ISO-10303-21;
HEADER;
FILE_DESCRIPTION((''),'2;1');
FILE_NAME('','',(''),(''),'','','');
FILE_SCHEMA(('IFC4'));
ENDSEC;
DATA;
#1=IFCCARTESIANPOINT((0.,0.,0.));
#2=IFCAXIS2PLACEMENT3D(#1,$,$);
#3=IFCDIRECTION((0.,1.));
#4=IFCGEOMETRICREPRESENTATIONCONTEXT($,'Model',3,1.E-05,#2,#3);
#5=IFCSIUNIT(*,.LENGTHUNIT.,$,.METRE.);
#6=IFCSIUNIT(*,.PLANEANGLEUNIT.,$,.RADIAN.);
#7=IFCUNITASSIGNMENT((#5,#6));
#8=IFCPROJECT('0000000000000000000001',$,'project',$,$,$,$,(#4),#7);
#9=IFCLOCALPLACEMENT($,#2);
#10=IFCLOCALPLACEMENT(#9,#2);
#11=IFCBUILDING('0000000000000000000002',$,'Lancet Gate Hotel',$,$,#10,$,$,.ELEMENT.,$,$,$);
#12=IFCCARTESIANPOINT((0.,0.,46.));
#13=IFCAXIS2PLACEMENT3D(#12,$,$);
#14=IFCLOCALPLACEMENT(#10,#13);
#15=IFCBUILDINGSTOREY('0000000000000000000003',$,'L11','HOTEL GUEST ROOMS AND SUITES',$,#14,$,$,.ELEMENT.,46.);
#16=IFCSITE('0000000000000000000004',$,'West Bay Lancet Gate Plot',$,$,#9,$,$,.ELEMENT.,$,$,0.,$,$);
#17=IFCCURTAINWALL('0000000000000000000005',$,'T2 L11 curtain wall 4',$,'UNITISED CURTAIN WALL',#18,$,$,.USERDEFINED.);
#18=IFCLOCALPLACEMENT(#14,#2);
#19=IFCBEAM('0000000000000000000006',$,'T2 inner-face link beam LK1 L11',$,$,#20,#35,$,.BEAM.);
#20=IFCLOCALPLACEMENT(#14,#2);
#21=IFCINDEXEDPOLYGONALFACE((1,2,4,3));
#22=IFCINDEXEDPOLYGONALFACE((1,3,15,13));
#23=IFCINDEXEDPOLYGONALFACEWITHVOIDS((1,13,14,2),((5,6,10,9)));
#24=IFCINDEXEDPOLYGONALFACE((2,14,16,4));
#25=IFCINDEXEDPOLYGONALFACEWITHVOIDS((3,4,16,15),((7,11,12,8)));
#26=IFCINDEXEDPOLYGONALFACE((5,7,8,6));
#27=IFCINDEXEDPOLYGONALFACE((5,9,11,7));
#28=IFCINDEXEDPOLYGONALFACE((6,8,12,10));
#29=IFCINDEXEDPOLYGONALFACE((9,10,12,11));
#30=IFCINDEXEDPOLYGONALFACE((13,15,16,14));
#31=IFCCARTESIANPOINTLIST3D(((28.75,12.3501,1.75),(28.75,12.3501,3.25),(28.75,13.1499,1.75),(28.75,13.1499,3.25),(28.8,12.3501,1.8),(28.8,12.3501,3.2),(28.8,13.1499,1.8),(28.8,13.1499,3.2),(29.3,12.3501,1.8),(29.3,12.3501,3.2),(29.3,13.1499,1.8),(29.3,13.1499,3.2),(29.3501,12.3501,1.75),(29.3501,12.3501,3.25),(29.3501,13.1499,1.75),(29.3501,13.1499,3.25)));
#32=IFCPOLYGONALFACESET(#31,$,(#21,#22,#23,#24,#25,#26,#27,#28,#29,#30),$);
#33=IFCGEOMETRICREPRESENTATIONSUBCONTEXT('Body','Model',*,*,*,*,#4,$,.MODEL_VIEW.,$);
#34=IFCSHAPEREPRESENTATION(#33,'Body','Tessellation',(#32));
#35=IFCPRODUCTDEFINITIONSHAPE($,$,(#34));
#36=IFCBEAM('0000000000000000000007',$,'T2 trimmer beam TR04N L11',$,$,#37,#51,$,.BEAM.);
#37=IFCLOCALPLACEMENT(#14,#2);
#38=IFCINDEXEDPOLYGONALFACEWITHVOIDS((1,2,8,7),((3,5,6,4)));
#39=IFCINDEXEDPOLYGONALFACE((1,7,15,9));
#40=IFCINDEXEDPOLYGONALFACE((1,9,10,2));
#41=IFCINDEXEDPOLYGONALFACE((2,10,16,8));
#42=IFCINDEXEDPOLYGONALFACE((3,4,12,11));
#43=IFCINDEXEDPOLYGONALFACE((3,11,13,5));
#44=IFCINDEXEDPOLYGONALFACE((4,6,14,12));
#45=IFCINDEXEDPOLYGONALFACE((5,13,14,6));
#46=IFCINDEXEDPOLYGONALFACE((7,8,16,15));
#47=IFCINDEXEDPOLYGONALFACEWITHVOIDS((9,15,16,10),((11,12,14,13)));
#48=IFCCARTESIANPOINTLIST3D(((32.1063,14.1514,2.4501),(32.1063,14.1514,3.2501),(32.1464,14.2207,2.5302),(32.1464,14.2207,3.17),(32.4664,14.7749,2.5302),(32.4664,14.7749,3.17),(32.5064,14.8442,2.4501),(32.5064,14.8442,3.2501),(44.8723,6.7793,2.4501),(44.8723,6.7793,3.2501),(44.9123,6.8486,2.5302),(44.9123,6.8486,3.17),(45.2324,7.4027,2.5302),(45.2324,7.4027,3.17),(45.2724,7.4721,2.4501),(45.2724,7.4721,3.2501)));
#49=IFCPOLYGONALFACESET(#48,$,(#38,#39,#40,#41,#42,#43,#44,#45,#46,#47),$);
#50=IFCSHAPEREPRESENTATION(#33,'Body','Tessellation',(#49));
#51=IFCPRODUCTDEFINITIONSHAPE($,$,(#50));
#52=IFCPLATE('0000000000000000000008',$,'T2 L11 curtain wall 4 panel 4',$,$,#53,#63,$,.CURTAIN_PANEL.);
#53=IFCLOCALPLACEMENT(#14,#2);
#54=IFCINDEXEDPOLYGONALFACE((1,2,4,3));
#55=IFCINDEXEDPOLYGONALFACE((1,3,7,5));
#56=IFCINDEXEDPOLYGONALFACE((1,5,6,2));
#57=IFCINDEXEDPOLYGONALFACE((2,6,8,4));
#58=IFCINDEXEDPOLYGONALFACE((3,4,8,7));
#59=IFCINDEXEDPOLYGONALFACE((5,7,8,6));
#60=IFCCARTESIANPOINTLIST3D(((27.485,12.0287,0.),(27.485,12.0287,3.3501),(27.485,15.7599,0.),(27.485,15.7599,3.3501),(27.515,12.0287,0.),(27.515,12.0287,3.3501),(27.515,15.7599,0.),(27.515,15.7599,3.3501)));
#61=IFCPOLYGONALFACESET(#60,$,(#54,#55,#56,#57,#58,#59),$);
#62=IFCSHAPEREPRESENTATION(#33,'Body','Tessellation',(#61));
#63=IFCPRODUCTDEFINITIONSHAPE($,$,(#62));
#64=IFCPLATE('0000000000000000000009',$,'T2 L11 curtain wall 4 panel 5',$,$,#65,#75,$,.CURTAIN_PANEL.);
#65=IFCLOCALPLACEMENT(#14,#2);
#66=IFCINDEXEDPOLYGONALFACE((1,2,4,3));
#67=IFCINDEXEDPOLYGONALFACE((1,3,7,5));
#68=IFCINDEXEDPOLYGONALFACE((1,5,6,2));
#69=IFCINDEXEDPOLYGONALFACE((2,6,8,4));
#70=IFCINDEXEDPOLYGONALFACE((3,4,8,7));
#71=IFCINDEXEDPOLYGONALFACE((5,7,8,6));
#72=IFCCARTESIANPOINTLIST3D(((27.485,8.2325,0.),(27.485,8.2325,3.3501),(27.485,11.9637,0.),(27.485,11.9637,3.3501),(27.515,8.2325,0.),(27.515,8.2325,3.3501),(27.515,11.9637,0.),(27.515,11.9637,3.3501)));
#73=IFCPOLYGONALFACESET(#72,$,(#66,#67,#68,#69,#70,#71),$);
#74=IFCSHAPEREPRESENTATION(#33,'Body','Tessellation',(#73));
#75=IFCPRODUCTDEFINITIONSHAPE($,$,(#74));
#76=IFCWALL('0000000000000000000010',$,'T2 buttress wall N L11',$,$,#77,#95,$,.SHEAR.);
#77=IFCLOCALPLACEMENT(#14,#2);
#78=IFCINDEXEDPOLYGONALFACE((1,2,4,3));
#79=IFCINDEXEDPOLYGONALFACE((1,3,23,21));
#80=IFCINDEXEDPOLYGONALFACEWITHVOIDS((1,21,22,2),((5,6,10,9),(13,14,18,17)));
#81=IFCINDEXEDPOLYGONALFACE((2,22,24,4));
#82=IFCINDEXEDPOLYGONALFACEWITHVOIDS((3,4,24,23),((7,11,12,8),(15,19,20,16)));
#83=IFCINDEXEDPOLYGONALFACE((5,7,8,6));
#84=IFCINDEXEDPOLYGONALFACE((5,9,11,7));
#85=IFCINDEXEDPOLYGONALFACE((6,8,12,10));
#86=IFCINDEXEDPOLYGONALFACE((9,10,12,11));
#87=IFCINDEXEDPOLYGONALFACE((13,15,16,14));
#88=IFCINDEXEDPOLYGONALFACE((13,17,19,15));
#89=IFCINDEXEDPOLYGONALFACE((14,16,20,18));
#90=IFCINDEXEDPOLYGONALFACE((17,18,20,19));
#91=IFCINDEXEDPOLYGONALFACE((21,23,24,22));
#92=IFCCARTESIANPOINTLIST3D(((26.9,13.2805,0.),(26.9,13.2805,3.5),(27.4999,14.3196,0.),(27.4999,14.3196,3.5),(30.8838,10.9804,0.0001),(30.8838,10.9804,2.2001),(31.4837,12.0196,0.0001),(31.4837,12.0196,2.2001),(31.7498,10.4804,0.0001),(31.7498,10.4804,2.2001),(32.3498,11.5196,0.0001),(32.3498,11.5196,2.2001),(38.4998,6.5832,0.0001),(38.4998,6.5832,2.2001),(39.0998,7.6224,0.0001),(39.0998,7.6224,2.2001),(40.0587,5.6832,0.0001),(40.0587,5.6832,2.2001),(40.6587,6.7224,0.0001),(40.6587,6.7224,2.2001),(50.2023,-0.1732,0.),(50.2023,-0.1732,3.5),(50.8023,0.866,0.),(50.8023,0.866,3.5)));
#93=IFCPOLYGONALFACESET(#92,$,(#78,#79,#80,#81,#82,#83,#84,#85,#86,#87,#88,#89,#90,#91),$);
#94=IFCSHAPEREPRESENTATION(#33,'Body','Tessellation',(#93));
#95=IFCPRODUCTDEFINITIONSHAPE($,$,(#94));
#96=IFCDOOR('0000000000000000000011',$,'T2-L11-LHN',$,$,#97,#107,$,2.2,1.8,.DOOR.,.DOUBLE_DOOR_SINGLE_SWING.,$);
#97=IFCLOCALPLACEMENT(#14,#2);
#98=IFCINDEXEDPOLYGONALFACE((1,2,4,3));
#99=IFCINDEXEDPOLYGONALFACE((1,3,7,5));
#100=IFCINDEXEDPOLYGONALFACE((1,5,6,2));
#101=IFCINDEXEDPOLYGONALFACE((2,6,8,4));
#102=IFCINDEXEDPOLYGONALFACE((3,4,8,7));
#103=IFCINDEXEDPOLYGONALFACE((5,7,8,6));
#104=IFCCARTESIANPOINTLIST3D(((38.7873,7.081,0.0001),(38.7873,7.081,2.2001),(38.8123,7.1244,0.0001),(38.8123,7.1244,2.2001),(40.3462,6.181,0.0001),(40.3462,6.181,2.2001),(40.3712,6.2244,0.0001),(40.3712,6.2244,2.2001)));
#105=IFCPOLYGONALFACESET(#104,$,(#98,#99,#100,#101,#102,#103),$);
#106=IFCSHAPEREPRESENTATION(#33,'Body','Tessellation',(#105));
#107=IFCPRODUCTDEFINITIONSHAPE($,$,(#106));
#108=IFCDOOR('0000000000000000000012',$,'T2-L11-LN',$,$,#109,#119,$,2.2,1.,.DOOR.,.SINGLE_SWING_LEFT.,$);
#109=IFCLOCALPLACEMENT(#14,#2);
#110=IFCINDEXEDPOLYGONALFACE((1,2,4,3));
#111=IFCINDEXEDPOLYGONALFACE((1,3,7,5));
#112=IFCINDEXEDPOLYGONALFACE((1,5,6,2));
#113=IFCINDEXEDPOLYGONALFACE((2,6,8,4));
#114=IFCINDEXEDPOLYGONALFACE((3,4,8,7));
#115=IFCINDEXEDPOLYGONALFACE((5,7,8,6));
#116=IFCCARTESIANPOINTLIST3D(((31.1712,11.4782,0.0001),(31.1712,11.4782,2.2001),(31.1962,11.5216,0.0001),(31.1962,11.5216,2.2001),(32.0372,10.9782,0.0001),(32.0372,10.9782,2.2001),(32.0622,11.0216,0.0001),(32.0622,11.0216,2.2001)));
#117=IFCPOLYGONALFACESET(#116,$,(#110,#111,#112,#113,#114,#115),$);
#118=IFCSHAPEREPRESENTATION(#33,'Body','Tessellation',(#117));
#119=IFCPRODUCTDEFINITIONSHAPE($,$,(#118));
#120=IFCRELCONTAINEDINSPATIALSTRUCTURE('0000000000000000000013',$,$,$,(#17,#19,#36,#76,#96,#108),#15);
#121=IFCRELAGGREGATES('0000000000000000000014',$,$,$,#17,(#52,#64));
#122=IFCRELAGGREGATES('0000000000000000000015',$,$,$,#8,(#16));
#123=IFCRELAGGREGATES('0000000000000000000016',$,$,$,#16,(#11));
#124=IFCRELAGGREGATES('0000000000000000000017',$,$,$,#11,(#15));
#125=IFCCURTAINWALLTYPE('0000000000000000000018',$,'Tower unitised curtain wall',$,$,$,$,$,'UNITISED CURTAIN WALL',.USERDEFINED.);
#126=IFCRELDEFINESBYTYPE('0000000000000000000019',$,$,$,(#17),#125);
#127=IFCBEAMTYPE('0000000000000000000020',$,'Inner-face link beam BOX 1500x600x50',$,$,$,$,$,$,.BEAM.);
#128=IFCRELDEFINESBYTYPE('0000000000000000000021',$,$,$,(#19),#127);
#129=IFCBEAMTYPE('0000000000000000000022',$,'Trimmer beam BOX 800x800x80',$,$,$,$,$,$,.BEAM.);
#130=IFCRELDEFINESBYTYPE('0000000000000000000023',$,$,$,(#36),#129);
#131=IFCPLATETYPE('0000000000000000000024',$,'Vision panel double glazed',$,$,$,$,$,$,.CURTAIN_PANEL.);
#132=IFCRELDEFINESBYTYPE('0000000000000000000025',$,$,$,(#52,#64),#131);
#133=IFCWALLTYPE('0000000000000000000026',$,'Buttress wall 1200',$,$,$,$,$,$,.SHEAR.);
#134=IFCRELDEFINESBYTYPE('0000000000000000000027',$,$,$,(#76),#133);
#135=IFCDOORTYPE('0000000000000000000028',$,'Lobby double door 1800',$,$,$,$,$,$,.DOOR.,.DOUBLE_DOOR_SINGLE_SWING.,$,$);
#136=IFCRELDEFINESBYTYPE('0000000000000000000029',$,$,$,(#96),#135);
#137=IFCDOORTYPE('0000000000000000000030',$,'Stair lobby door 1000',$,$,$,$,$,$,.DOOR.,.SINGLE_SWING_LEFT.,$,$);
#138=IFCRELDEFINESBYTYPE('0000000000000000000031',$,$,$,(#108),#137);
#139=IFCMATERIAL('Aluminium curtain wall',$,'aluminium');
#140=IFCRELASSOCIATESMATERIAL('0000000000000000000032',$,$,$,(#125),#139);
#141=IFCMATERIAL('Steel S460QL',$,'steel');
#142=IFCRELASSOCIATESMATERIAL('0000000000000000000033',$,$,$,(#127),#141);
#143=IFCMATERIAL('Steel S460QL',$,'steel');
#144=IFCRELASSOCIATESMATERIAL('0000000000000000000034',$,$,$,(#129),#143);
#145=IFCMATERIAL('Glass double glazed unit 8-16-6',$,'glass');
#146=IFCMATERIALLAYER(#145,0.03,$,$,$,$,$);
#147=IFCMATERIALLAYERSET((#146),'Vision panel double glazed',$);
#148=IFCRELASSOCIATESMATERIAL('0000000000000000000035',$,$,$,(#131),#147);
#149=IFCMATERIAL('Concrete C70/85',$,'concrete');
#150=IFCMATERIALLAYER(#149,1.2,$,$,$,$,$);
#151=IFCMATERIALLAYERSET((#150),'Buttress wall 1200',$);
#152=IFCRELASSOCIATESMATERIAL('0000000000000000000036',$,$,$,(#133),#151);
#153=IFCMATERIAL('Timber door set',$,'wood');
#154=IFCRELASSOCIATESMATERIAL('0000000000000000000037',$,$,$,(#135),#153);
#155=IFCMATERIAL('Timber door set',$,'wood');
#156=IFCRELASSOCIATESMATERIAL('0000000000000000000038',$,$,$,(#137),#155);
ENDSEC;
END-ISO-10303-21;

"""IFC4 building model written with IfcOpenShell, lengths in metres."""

from ifc_helpers import new_model, si_unit, direction, frame, frame_2d, origin, origin_2d, place, context, subcontext, project, spatial, rectangle, hollow_rectangle, extrude, material, layer, layer_set, material_profile, profile_set, type_object, element, fill, aggregate, save


model = new_model("IFC4")

# Units and contexts
model_context = context("Model", 3, precision=1e-05, world=origin(), true_north=direction((0.0, 1.0)))
body_context = subcontext(model_context, "Body", "Model", "MODEL_VIEW")
ifc_project = project(units=[si_unit("LENGTHUNIT", "METRE"), si_unit("PLANEANGLEUNIT", "RADIAN")], contexts=[model_context])

# Site, building, storey
site_placement = place(None, origin())
site = spatial("IfcSite", under=ifc_project, at=site_placement, Name="West Bay Lancet Gate Plot", CompositionType="ELEMENT", RefElevation=0.0)
building_placement = place(site_placement, origin())
building = spatial("IfcBuilding", under=site, at=building_placement, Name="Lancet Gate Hotel", CompositionType="ELEMENT")
storey_placement = place(building_placement, frame((0.0, 0.0, 46.0)))
storey = spatial("IfcBuildingStorey", under=building, at=storey_placement, Name="L11", Description="HOTEL GUEST ROOMS AND SUITES", CompositionType="ELEMENT", Elevation=46.0)

# Curtain wall
ifc_material_1 = material(Name="Aluminium curtain wall", Category="aluminium")
curtain_wall_type = type_object("IfcCurtainWallType", Name="Tower unitised curtain wall", ElementType="UNITISED CURTAIN WALL", PredefinedType="USERDEFINED", material=ifc_material_1)
curtain_wall_placement = place(storey_placement, origin())
curtain_wall = element("IfcCurtainWall", 1, at=curtain_wall_placement, inside=storey, type_object=curtain_wall_type, Name="T2 L11 curtain wall 4", ObjectType="UNITISED CURTAIN WALL", PredefinedType="USERDEFINED")

# Beams
ifc_material_2 = material(Name="Steel S460QL", Category="steel")
ifc_material_profile_1 = material_profile(ifc_material_2, hollow_rectangle(XDim=0.6001, YDim=1.5, WallThickness=0.05, at=origin_2d()), Name="BOX 1500x600x50")
ifc_profile_set_1 = profile_set([ifc_material_profile_1], Name="Steel S460QL")
beam_type_1 = type_object("IfcBeamType", Name="Inner-face link beam BOX 1500x600x50", PredefinedType="BEAM", material=ifc_profile_set_1)
beam_1_placement = place(storey_placement, frame((29.05, 12.3501, 2.5), z_axis=(0.0, 1.0, 0.0), x_axis=(-1.0, 0.0, 0.0)))
element("IfcBeam", 2, at=beam_1_placement, inside=storey, type_object=beam_type_1, Name="T2 inner-face link beam LK1 L11", PredefinedType="BEAM", context=body_context, shape_type="SweptSolid", body=[
    extrude(hollow_rectangle(XDim=0.6001, YDim=1.5, WallThickness=0.05, at=origin_2d()), origin(), (0.0, 0.0, 1.0), 0.7998),
])
ifc_material_3 = material(Name="Steel S460QL", Category="steel")
ifc_material_profile_2 = material_profile(ifc_material_3, hollow_rectangle(XDim=0.8, YDim=0.8, WallThickness=0.0801, at=origin_2d()), Name="BOX 800x800x80")
ifc_profile_set_2 = profile_set([ifc_material_profile_2], Name="Steel S460QL")
beam_type_2 = type_object("IfcBeamType", Name="Trimmer beam BOX 800x800x80", PredefinedType="BEAM", material=ifc_profile_set_2)
beam_2_placement = place(storey_placement, frame((32.3064, 14.4978, 2.8501), z_axis=(0.865976, -0.500086, 0.0), x_axis=(0.500086, 0.865976, 0.0)))
element("IfcBeam", 3, at=beam_2_placement, inside=storey, type_object=beam_type_2, Name="T2 trimmer beam TR04N L11", PredefinedType="BEAM", context=body_context, shape_type="SweptSolid", body=[
    extrude(hollow_rectangle(XDim=0.8, YDim=0.8, WallThickness=0.0801, at=origin_2d()), origin(), (0.0, 0.0, 1.0), 14.7417),
])

# Plates
ifc_material_4 = material(Name="Glass double glazed unit 8-16-6", Category="glass")
ifc_layer_1 = layer(ifc_material_4, 0.03)
ifc_layer_set_1 = layer_set([ifc_layer_1], Name="Vision panel double glazed")
plate_type = type_object("IfcPlateType", Name="Vision panel double glazed", PredefinedType="CURTAIN_PANEL", material=ifc_layer_set_1)
plate_1_placement = place(storey_placement, frame((27.5, 13.8943, 0.0), z_axis=(0.0, 0.0, 1.0), x_axis=(0.0, -1.0, 0.0)))
plate_1 = element("IfcPlate", 4, at=plate_1_placement, type_object=plate_type, Name="T2 L11 curtain wall 4 panel 4", PredefinedType="CURTAIN_PANEL", context=body_context, shape_type="SweptSolid", body=[
    extrude(rectangle(XDim=3.7312, YDim=0.03, at=origin_2d()), origin(), (0.0, 0.0, 1.0), 3.3501),
])
plate_2_placement = place(storey_placement, frame((27.5, 10.0981, 0.0), z_axis=(0.0, 0.0, 1.0), x_axis=(0.0, -1.0, 0.0)))
plate_2 = element("IfcPlate", 5, at=plate_2_placement, type_object=plate_type, Name="T2 L11 curtain wall 4 panel 5", PredefinedType="CURTAIN_PANEL", context=body_context, shape_type="SweptSolid", body=[
    extrude(rectangle(XDim=3.7312, YDim=0.03, at=origin_2d()), origin(), (0.0, 0.0, 1.0), 3.3501),
])
aggregate(curtain_wall, [plate_1, plate_2])

# Wall, openings, doors
ifc_material_5 = material(Name="Concrete C70/85", Category="concrete")
ifc_layer_2 = layer(ifc_material_5, 1.2)
ifc_layer_set_2 = layer_set([ifc_layer_2], Name="Buttress wall 1200")
wall_type_1 = type_object("IfcWallType", Name="Buttress wall 1200", PredefinedType="SHEAR", material=ifc_layer_set_2)
wall_1_placement = place(storey_placement, frame((27.2, 13.8, 0.0), z_axis=(0.0, 0.0, 1.0), x_axis=(0.866025, -0.500002, 0.0)))
wall_1 = element("IfcWall", 6, at=wall_1_placement, inside=storey, type_object=wall_type_1, Name="T2 buttress wall N L11", PredefinedType="SHEAR", context=body_context, shape_type="SweptSolid", body=[
    extrude(rectangle(XDim=26.9072, YDim=1.2, at=frame_2d((13.4536, 0.0))), origin(), (0.0, 0.0, 1.0), 3.5),
])
opening_1_placement = place(wall_1_placement, frame((4.6001, 0.0, 0.0)))
opening_1 = element("IfcOpeningElement", 7, at=opening_1_placement, cuts=wall_1, PredefinedType="OPENING", context=body_context, shape_type="SweptSolid", body=[
    extrude(rectangle(XDim=1.0, YDim=2.2, at=frame_2d((0.5, 1.1001))), frame((0.0, 0.6099, 0.0), z_axis=(0.0, -1.0, 0.0), x_axis=(1.0, 0.0, 0.0)), (0.0, 0.0, 1.0), 1.22),
])
opening_2_placement = place(wall_1_placement, frame((13.3945, 0.0, 0.0)))
opening_2 = element("IfcOpeningElement", 8, at=opening_2_placement, cuts=wall_1, PredefinedType="OPENING", context=body_context, shape_type="SweptSolid", body=[
    extrude(rectangle(XDim=1.8, YDim=2.2, at=frame_2d((0.8999, 1.1001))), frame((0.0, 0.6099, 0.0), z_axis=(0.0, -1.0, 0.0), x_axis=(1.0, 0.0, 0.0)), (0.0, 0.0, 1.0), 1.22),
])
ifc_material_6 = material(Name="Timber door set", Category="wood")
door_type_1 = type_object("IfcDoorType", Name="Lobby double door 1800", OperationType="DOUBLE_DOOR_SINGLE_SWING", PredefinedType="DOOR", material=ifc_material_6)
door_1_placement = place(opening_2_placement, origin())
door_1 = element("IfcDoor", 9, at=door_1_placement, inside=storey, type_object=door_type_1, Name="T2-L11-LHN", OperationType="DOUBLE_DOOR_SINGLE_SWING", OverallHeight=2.2, OverallWidth=1.8, PredefinedType="DOOR", context=body_context, shape_type="SweptSolid", body=[
    extrude(rectangle(XDim=1.8, YDim=2.2, at=frame_2d((0.8999, 1.1001))), frame((0.0, 0.0249, 0.0), z_axis=(0.0, -1.0, 0.0), x_axis=(1.0, 0.0, 0.0)), (0.0, 0.0, 1.0), 0.05),
])
fill(opening_2, door_1)
ifc_material_7 = material(Name="Timber door set", Category="wood")
door_type_2 = type_object("IfcDoorType", Name="Stair lobby door 1000", OperationType="SINGLE_SWING_LEFT", PredefinedType="DOOR", material=ifc_material_7)
door_2_placement = place(opening_1_placement, origin())
door_2 = element("IfcDoor", 10, at=door_2_placement, inside=storey, type_object=door_type_2, Name="T2-L11-LN", OperationType="SINGLE_SWING_LEFT", OverallHeight=2.2, OverallWidth=1.0, PredefinedType="DOOR", context=body_context, shape_type="SweptSolid", body=[
    extrude(rectangle(XDim=1.0, YDim=2.2, at=frame_2d((0.5, 1.1001))), frame((0.0, 0.0249, 0.0), z_axis=(0.0, -1.0, 0.0), x_axis=(1.0, 0.0, 0.0)), (0.0, 0.0, 1.0), 0.05),
])
fill(opening_1, door_2)

save(model, "model.ifc")
